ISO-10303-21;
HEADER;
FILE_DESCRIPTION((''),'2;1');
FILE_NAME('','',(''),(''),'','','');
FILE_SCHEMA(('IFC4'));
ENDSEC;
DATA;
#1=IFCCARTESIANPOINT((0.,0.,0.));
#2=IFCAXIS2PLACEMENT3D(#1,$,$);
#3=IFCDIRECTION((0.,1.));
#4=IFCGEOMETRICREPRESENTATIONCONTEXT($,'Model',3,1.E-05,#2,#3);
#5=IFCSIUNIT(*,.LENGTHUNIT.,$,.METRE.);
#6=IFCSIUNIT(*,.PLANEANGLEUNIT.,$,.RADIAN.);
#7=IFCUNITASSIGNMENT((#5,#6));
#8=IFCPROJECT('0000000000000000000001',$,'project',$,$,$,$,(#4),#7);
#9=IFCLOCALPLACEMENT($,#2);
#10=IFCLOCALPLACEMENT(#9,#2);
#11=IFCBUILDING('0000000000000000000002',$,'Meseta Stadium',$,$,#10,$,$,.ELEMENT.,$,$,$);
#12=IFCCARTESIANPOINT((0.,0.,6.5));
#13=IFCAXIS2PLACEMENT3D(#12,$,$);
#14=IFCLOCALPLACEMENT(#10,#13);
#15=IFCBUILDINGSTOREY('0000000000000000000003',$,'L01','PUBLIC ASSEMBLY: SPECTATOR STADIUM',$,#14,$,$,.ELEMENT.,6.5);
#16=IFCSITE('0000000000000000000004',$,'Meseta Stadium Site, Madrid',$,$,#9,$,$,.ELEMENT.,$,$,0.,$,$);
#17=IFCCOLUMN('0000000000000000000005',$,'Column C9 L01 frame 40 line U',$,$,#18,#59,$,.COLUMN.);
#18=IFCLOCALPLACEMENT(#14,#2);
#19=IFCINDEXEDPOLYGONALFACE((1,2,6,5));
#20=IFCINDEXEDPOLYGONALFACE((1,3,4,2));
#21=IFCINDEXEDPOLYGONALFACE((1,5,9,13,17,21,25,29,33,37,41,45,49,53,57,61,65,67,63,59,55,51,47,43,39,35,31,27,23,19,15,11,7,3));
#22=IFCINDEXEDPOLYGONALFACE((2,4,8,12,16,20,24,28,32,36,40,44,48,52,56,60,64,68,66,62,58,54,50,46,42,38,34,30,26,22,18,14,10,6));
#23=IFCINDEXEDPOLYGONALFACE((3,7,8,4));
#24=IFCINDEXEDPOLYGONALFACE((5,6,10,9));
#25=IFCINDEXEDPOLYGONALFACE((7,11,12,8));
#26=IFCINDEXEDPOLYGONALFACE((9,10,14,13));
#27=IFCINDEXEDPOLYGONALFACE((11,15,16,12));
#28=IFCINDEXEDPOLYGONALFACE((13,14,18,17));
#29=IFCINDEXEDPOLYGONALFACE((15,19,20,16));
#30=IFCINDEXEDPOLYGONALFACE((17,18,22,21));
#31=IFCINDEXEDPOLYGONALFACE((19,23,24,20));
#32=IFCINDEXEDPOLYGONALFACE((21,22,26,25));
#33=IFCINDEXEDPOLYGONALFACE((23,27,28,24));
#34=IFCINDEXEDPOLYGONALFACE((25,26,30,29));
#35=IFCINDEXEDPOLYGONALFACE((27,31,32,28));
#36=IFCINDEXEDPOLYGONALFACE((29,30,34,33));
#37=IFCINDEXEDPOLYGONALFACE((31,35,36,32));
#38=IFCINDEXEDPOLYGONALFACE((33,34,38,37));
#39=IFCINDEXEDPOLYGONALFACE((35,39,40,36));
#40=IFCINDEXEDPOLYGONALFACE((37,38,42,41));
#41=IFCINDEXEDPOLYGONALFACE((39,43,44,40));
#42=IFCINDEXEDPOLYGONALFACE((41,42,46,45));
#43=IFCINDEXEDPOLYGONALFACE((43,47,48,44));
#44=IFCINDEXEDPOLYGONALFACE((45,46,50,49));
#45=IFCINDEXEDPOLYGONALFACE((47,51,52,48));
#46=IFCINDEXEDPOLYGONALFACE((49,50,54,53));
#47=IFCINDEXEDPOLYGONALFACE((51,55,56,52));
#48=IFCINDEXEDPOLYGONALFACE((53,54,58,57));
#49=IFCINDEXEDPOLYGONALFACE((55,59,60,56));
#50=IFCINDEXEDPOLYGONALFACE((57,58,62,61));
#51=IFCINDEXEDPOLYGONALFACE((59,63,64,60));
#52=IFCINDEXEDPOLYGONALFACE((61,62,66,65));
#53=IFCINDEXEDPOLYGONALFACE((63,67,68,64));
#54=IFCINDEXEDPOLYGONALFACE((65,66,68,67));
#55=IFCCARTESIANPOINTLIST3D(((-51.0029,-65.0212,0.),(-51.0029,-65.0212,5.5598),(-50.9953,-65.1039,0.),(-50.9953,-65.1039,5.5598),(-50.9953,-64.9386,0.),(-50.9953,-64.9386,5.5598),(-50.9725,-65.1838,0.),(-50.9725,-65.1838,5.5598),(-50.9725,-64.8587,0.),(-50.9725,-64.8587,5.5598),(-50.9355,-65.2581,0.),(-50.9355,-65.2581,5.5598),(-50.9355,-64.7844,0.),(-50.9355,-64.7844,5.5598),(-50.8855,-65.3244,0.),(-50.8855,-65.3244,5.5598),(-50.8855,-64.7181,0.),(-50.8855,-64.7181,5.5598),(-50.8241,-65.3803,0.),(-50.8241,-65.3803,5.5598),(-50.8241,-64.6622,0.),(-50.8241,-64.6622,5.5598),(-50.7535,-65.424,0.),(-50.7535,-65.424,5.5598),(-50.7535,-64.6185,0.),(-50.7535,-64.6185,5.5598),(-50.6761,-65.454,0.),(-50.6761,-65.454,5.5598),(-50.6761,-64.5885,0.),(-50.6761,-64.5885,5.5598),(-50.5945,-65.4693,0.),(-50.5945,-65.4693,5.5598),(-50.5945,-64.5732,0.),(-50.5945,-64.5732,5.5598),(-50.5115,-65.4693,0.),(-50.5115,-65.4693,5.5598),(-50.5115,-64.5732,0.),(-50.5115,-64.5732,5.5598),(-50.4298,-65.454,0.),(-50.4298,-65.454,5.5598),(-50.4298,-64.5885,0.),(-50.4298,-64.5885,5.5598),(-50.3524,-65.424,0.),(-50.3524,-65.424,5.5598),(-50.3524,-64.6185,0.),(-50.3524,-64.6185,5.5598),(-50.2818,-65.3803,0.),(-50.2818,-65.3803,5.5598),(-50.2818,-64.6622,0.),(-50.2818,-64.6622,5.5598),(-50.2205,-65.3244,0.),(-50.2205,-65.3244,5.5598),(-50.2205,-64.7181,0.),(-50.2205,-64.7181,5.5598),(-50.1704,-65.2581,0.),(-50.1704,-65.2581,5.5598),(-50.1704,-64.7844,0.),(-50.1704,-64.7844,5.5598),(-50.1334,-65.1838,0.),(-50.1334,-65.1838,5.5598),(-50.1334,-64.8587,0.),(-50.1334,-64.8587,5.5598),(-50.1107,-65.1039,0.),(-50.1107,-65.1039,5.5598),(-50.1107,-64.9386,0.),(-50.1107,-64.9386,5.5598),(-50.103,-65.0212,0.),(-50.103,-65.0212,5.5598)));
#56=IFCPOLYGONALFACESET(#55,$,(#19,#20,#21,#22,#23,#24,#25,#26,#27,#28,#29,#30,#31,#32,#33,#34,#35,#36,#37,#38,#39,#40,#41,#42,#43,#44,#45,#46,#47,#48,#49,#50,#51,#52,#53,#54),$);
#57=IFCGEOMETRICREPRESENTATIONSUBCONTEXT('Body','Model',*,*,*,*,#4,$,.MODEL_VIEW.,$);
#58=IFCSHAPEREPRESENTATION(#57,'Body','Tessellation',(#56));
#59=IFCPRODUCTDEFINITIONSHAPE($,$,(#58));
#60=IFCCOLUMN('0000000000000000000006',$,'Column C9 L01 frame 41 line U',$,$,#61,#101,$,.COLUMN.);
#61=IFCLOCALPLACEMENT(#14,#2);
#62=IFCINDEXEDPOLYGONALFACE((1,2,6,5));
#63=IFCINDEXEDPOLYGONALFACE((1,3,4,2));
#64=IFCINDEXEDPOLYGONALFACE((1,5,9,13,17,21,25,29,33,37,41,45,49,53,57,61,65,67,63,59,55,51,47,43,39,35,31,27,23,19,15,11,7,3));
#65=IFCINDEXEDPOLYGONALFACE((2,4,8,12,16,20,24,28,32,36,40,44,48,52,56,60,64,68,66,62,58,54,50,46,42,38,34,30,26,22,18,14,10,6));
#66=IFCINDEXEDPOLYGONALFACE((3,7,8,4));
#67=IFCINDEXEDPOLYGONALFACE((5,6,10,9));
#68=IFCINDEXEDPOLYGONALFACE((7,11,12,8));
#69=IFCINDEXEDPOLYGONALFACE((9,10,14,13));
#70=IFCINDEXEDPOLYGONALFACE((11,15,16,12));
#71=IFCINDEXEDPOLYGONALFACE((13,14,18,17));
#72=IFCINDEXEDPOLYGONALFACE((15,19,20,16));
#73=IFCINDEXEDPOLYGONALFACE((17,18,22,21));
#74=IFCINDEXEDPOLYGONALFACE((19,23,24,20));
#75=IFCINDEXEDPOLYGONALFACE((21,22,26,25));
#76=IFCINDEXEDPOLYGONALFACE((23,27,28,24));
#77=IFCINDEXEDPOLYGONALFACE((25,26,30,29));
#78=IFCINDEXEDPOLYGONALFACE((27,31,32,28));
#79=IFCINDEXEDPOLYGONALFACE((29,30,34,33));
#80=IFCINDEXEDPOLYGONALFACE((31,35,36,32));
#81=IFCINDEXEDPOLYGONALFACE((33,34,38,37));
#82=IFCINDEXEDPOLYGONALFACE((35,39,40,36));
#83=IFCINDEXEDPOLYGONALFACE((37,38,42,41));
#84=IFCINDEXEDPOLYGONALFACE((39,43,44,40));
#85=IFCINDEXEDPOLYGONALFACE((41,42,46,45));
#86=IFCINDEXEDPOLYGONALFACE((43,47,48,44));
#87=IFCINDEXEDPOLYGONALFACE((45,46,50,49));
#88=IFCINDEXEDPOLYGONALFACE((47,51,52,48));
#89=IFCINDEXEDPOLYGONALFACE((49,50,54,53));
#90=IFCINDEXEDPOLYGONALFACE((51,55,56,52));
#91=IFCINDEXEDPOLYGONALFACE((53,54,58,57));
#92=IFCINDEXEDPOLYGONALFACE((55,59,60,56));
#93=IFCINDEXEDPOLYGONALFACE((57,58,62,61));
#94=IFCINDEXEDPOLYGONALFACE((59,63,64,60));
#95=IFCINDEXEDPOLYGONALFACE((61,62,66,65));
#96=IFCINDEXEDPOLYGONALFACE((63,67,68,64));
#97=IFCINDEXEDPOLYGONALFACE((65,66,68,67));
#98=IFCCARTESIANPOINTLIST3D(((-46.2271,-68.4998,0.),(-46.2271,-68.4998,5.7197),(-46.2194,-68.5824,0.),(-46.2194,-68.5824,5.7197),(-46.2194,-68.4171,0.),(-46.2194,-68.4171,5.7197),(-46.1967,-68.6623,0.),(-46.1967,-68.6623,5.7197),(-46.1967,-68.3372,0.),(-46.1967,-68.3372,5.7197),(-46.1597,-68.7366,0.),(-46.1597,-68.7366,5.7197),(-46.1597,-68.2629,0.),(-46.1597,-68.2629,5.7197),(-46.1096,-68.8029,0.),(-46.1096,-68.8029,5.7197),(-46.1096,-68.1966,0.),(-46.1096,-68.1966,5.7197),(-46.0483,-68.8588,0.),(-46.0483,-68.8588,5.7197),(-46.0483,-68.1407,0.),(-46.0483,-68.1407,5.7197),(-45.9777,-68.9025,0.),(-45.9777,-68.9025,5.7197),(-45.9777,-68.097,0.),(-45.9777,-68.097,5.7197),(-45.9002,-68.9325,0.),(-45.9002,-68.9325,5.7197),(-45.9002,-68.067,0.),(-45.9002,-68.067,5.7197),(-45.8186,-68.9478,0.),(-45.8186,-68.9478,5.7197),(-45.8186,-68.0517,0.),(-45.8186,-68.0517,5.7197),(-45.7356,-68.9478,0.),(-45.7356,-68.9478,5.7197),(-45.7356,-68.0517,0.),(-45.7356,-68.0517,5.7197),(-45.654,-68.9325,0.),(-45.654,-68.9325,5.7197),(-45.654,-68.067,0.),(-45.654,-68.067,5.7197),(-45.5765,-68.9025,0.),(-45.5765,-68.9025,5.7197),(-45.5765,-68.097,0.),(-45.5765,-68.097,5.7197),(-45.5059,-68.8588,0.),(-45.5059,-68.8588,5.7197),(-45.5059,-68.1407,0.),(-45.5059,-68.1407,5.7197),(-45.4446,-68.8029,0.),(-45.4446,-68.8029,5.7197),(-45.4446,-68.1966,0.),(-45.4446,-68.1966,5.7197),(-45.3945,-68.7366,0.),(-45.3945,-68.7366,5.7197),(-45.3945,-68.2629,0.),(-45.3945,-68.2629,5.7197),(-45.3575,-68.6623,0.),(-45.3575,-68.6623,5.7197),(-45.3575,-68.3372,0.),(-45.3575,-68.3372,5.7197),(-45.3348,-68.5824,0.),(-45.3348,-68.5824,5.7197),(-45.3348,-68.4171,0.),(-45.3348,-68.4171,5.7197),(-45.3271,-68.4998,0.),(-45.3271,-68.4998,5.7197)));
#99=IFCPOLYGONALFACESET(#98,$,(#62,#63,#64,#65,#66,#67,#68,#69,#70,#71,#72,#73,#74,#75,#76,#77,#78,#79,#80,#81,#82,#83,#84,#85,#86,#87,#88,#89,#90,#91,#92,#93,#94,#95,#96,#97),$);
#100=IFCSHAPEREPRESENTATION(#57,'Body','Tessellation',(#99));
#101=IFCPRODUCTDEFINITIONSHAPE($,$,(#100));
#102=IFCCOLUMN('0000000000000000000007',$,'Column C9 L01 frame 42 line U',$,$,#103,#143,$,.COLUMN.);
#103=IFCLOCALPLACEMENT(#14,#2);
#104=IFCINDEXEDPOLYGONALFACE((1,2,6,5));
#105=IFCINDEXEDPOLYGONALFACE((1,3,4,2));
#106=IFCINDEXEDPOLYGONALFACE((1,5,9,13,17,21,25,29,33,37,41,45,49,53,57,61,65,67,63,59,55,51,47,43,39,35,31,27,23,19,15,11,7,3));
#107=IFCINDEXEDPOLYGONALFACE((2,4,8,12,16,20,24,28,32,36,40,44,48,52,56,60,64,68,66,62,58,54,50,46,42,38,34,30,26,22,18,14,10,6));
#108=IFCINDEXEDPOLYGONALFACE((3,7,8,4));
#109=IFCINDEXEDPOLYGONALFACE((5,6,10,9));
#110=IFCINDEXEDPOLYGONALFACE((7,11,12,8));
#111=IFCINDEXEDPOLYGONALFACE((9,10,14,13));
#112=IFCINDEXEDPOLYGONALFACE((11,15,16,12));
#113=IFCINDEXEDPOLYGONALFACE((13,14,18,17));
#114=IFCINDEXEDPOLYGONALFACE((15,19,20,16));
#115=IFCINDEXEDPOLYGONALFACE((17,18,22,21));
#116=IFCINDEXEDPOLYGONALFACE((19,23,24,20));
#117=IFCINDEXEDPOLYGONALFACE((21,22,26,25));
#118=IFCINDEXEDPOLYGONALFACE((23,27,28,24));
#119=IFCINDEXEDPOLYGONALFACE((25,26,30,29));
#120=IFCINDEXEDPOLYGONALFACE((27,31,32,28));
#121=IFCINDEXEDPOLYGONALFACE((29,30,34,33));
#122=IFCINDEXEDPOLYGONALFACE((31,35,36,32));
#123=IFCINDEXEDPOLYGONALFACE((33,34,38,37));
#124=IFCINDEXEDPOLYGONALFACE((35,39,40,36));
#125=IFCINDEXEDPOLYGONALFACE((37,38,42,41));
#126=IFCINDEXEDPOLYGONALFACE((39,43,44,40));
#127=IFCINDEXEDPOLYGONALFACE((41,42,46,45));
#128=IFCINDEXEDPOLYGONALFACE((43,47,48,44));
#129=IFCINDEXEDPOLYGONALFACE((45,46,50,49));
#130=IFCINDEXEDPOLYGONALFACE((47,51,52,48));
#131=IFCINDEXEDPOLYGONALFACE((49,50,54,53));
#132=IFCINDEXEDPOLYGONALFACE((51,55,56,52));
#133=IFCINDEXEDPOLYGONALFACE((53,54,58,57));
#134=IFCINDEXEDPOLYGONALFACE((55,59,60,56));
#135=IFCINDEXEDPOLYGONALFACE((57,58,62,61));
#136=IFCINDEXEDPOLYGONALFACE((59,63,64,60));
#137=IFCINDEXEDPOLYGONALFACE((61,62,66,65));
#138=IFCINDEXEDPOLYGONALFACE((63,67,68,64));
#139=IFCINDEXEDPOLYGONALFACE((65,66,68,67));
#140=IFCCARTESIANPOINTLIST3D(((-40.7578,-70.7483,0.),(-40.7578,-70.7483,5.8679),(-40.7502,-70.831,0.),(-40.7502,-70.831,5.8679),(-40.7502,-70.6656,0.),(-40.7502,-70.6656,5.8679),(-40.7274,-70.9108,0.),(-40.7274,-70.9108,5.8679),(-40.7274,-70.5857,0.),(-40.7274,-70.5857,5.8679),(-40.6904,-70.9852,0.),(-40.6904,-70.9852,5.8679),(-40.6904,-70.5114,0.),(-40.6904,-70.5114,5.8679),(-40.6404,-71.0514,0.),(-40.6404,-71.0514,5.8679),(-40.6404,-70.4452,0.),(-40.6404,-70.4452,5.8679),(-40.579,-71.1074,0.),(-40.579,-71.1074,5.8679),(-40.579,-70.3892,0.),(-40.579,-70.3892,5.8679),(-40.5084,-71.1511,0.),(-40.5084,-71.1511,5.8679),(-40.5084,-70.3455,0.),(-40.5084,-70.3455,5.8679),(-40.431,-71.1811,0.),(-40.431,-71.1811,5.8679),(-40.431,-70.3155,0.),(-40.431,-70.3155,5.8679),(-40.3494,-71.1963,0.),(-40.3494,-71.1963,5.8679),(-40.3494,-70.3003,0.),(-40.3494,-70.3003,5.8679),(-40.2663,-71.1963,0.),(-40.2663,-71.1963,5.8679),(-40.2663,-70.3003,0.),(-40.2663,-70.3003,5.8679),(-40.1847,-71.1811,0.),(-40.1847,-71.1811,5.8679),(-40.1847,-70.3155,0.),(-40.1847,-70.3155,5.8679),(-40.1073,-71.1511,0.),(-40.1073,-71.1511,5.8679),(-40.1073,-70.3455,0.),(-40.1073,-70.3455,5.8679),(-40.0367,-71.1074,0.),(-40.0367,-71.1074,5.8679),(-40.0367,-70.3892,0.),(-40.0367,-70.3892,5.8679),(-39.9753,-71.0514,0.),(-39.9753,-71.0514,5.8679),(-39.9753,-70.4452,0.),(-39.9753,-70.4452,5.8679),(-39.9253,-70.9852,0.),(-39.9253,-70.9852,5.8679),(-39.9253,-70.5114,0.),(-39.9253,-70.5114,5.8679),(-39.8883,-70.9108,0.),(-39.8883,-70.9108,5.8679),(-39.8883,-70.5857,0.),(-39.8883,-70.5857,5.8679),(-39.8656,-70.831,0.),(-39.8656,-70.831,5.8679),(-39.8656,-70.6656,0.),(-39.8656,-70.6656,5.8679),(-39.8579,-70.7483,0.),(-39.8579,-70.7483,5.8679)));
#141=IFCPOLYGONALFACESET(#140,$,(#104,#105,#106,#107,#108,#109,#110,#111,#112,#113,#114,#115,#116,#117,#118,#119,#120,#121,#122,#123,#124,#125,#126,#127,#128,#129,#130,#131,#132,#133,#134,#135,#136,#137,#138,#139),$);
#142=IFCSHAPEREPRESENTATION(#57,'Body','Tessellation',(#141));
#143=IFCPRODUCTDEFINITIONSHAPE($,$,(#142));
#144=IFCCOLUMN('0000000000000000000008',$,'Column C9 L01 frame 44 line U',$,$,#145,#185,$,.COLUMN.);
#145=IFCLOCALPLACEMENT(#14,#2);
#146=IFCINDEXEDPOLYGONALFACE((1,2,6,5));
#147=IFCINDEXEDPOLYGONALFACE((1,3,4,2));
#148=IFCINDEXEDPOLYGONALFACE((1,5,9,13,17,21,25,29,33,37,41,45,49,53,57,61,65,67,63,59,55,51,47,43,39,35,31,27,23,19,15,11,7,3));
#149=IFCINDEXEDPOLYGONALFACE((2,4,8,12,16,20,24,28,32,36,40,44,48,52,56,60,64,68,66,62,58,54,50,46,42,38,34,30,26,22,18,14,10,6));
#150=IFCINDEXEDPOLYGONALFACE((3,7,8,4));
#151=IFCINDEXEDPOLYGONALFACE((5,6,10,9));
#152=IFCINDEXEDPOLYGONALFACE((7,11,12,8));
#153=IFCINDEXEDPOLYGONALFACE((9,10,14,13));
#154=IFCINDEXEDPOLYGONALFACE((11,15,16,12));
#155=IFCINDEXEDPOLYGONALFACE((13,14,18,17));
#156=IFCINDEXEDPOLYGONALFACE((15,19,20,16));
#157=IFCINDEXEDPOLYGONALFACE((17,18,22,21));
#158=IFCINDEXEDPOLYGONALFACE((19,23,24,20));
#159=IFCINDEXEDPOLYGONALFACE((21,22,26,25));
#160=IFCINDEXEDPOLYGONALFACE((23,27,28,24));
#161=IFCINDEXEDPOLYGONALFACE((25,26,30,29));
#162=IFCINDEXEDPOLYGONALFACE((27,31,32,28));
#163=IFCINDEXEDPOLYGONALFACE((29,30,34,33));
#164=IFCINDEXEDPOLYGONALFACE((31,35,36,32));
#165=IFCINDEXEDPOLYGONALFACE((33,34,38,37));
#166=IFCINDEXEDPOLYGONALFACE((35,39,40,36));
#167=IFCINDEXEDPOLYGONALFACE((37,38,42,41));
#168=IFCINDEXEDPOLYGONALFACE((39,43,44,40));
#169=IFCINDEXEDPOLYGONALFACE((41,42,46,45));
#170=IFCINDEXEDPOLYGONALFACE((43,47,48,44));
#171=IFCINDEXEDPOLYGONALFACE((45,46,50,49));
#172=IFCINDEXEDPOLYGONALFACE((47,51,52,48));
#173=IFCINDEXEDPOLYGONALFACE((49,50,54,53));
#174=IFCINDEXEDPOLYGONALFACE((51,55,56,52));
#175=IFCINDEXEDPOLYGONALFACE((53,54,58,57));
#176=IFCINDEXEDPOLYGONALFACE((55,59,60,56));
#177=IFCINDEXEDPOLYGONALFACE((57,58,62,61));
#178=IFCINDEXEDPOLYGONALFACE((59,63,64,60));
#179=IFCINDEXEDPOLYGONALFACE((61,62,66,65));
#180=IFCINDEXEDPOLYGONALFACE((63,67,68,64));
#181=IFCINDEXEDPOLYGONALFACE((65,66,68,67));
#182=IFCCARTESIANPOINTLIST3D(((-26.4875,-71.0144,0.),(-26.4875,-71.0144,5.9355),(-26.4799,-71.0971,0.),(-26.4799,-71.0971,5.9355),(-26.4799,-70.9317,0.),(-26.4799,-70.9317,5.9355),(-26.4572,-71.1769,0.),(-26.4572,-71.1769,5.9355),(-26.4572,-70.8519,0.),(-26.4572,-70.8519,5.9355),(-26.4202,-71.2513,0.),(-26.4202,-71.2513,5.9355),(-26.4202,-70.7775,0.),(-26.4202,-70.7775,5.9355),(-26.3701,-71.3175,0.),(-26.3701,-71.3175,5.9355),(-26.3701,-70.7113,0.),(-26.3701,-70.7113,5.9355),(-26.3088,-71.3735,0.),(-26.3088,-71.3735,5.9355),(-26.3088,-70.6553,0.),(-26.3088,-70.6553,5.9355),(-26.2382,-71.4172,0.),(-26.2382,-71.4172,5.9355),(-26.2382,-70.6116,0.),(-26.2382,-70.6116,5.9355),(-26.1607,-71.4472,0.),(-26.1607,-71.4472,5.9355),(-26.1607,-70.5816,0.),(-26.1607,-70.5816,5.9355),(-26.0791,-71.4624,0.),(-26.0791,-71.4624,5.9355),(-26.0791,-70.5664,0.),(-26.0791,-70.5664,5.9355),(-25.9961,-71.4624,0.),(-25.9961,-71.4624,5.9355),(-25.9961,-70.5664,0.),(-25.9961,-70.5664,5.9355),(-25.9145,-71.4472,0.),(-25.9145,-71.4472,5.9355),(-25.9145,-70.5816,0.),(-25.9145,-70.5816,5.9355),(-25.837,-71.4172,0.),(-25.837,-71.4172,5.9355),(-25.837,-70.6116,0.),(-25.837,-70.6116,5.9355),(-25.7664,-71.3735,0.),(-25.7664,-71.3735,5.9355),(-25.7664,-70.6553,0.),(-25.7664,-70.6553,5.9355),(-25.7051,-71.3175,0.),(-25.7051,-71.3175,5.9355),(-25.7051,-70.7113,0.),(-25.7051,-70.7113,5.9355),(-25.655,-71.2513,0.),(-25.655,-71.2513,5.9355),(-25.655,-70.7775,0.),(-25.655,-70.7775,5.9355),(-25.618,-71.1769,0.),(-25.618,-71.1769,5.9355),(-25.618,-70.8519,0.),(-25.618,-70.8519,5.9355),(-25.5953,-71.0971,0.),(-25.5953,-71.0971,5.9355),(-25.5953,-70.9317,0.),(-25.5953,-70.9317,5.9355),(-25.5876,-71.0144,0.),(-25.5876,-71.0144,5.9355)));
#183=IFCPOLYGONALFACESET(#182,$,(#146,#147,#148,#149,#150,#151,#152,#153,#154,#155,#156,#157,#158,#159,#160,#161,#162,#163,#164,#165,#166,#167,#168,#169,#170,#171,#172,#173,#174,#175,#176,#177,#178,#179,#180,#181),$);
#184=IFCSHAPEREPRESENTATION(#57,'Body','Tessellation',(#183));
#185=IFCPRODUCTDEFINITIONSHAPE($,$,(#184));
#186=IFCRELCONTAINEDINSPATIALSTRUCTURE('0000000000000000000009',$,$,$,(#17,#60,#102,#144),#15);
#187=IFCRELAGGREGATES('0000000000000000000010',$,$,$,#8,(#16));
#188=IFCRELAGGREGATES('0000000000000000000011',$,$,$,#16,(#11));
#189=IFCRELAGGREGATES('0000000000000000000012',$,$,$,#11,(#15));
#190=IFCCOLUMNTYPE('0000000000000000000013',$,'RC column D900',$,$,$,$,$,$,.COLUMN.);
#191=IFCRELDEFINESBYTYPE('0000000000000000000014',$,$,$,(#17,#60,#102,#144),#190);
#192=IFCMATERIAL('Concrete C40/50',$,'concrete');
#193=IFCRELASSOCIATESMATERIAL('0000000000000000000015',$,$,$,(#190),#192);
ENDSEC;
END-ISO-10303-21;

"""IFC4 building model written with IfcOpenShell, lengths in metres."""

from ifc_helpers import new_model, si_unit, direction, frame, origin, origin_2d, place, context, subcontext, project, spatial, circle, extrude, material, material_profile, profile_set, type_object, element, save


model = new_model("IFC4")

# Units and contexts
model_context = context("Model", 3, precision=1e-05, world=origin(), true_north=direction((0.0, 1.0)))
body_context = subcontext(model_context, "Body", "Model", "MODEL_VIEW")
ifc_project = project(units=[si_unit("LENGTHUNIT", "METRE"), si_unit("PLANEANGLEUNIT", "RADIAN")], contexts=[model_context])

# Site, building, storey
site_placement = place(None, origin())
site = spatial("IfcSite", under=ifc_project, at=site_placement, Name="Meseta Stadium Site, Madrid", CompositionType="ELEMENT", RefElevation=0.0)
building_placement = place(site_placement, origin())
building = spatial("IfcBuilding", under=site, at=building_placement, Name="Meseta Stadium", CompositionType="ELEMENT")
storey_placement = place(building_placement, frame((0.0, 0.0, 6.5)))
storey = spatial("IfcBuildingStorey", under=building, at=storey_placement, Name="L01", Description="PUBLIC ASSEMBLY: SPECTATOR STADIUM", CompositionType="ELEMENT", Elevation=6.5)

# Columns
ifc_material_1 = material(Name="Concrete C40/50", Category="concrete")
ifc_material_profile_1 = material_profile(ifc_material_1, circle(Radius=0.45, at=origin_2d()), Name="RC D900")
ifc_profile_set_1 = profile_set([ifc_material_profile_1], Name="Concrete C40/50")
column_type = type_object("IfcColumnType", Name="RC column D900", PredefinedType="COLUMN", material=ifc_profile_set_1)
column_1_placement = place(storey_placement, frame((-50.553, -65.0212, 0.0), z_axis=(0.0, 0.0, 1.0), x_axis=(1.0, 0.0, 0.0)))
element("IfcColumn", 1, at=column_1_placement, inside=storey, type_object=column_type, Name="Column C9 L01 frame 40 line U", PredefinedType="COLUMN", context=body_context, shape_type="SweptSolid", body=[
    extrude(circle(Radius=0.45, at=origin_2d()), origin(), (0.0, 0.0, 1.0), 5.5598),
])
column_2_placement = place(storey_placement, frame((-45.7771, -68.4998, 0.0), z_axis=(0.0, 0.0, 1.0), x_axis=(1.0, 0.0, 0.0)))
element("IfcColumn", 2, at=column_2_placement, inside=storey, type_object=column_type, Name="Column C9 L01 frame 41 line U", PredefinedType="COLUMN", context=body_context, shape_type="SweptSolid", body=[
    extrude(circle(Radius=0.45, at=origin_2d()), origin(), (0.0, 0.0, 1.0), 5.7197),
])
column_3_placement = place(storey_placement, frame((-40.3079, -70.7483, 0.0), z_axis=(0.0, 0.0, 1.0), x_axis=(1.0, 0.0, 0.0)))
element("IfcColumn", 3, at=column_3_placement, inside=storey, type_object=column_type, Name="Column C9 L01 frame 42 line U", PredefinedType="COLUMN", context=body_context, shape_type="SweptSolid", body=[
    extrude(circle(Radius=0.45, at=origin_2d()), origin(), (0.0, 0.0, 1.0), 5.8679),
])
column_4_placement = place(storey_placement, frame((-26.0376, -71.0144, 0.0), z_axis=(0.0, 0.0, 1.0), x_axis=(1.0, 0.0, 0.0)))
element("IfcColumn", 4, at=column_4_placement, inside=storey, type_object=column_type, Name="Column C9 L01 frame 44 line U", PredefinedType="COLUMN", context=body_context, shape_type="SweptSolid", body=[
    extrude(circle(Radius=0.45, at=origin_2d()), origin(), (0.0, 0.0, 1.0), 5.9355),
])

save(model, "model.ifc")
